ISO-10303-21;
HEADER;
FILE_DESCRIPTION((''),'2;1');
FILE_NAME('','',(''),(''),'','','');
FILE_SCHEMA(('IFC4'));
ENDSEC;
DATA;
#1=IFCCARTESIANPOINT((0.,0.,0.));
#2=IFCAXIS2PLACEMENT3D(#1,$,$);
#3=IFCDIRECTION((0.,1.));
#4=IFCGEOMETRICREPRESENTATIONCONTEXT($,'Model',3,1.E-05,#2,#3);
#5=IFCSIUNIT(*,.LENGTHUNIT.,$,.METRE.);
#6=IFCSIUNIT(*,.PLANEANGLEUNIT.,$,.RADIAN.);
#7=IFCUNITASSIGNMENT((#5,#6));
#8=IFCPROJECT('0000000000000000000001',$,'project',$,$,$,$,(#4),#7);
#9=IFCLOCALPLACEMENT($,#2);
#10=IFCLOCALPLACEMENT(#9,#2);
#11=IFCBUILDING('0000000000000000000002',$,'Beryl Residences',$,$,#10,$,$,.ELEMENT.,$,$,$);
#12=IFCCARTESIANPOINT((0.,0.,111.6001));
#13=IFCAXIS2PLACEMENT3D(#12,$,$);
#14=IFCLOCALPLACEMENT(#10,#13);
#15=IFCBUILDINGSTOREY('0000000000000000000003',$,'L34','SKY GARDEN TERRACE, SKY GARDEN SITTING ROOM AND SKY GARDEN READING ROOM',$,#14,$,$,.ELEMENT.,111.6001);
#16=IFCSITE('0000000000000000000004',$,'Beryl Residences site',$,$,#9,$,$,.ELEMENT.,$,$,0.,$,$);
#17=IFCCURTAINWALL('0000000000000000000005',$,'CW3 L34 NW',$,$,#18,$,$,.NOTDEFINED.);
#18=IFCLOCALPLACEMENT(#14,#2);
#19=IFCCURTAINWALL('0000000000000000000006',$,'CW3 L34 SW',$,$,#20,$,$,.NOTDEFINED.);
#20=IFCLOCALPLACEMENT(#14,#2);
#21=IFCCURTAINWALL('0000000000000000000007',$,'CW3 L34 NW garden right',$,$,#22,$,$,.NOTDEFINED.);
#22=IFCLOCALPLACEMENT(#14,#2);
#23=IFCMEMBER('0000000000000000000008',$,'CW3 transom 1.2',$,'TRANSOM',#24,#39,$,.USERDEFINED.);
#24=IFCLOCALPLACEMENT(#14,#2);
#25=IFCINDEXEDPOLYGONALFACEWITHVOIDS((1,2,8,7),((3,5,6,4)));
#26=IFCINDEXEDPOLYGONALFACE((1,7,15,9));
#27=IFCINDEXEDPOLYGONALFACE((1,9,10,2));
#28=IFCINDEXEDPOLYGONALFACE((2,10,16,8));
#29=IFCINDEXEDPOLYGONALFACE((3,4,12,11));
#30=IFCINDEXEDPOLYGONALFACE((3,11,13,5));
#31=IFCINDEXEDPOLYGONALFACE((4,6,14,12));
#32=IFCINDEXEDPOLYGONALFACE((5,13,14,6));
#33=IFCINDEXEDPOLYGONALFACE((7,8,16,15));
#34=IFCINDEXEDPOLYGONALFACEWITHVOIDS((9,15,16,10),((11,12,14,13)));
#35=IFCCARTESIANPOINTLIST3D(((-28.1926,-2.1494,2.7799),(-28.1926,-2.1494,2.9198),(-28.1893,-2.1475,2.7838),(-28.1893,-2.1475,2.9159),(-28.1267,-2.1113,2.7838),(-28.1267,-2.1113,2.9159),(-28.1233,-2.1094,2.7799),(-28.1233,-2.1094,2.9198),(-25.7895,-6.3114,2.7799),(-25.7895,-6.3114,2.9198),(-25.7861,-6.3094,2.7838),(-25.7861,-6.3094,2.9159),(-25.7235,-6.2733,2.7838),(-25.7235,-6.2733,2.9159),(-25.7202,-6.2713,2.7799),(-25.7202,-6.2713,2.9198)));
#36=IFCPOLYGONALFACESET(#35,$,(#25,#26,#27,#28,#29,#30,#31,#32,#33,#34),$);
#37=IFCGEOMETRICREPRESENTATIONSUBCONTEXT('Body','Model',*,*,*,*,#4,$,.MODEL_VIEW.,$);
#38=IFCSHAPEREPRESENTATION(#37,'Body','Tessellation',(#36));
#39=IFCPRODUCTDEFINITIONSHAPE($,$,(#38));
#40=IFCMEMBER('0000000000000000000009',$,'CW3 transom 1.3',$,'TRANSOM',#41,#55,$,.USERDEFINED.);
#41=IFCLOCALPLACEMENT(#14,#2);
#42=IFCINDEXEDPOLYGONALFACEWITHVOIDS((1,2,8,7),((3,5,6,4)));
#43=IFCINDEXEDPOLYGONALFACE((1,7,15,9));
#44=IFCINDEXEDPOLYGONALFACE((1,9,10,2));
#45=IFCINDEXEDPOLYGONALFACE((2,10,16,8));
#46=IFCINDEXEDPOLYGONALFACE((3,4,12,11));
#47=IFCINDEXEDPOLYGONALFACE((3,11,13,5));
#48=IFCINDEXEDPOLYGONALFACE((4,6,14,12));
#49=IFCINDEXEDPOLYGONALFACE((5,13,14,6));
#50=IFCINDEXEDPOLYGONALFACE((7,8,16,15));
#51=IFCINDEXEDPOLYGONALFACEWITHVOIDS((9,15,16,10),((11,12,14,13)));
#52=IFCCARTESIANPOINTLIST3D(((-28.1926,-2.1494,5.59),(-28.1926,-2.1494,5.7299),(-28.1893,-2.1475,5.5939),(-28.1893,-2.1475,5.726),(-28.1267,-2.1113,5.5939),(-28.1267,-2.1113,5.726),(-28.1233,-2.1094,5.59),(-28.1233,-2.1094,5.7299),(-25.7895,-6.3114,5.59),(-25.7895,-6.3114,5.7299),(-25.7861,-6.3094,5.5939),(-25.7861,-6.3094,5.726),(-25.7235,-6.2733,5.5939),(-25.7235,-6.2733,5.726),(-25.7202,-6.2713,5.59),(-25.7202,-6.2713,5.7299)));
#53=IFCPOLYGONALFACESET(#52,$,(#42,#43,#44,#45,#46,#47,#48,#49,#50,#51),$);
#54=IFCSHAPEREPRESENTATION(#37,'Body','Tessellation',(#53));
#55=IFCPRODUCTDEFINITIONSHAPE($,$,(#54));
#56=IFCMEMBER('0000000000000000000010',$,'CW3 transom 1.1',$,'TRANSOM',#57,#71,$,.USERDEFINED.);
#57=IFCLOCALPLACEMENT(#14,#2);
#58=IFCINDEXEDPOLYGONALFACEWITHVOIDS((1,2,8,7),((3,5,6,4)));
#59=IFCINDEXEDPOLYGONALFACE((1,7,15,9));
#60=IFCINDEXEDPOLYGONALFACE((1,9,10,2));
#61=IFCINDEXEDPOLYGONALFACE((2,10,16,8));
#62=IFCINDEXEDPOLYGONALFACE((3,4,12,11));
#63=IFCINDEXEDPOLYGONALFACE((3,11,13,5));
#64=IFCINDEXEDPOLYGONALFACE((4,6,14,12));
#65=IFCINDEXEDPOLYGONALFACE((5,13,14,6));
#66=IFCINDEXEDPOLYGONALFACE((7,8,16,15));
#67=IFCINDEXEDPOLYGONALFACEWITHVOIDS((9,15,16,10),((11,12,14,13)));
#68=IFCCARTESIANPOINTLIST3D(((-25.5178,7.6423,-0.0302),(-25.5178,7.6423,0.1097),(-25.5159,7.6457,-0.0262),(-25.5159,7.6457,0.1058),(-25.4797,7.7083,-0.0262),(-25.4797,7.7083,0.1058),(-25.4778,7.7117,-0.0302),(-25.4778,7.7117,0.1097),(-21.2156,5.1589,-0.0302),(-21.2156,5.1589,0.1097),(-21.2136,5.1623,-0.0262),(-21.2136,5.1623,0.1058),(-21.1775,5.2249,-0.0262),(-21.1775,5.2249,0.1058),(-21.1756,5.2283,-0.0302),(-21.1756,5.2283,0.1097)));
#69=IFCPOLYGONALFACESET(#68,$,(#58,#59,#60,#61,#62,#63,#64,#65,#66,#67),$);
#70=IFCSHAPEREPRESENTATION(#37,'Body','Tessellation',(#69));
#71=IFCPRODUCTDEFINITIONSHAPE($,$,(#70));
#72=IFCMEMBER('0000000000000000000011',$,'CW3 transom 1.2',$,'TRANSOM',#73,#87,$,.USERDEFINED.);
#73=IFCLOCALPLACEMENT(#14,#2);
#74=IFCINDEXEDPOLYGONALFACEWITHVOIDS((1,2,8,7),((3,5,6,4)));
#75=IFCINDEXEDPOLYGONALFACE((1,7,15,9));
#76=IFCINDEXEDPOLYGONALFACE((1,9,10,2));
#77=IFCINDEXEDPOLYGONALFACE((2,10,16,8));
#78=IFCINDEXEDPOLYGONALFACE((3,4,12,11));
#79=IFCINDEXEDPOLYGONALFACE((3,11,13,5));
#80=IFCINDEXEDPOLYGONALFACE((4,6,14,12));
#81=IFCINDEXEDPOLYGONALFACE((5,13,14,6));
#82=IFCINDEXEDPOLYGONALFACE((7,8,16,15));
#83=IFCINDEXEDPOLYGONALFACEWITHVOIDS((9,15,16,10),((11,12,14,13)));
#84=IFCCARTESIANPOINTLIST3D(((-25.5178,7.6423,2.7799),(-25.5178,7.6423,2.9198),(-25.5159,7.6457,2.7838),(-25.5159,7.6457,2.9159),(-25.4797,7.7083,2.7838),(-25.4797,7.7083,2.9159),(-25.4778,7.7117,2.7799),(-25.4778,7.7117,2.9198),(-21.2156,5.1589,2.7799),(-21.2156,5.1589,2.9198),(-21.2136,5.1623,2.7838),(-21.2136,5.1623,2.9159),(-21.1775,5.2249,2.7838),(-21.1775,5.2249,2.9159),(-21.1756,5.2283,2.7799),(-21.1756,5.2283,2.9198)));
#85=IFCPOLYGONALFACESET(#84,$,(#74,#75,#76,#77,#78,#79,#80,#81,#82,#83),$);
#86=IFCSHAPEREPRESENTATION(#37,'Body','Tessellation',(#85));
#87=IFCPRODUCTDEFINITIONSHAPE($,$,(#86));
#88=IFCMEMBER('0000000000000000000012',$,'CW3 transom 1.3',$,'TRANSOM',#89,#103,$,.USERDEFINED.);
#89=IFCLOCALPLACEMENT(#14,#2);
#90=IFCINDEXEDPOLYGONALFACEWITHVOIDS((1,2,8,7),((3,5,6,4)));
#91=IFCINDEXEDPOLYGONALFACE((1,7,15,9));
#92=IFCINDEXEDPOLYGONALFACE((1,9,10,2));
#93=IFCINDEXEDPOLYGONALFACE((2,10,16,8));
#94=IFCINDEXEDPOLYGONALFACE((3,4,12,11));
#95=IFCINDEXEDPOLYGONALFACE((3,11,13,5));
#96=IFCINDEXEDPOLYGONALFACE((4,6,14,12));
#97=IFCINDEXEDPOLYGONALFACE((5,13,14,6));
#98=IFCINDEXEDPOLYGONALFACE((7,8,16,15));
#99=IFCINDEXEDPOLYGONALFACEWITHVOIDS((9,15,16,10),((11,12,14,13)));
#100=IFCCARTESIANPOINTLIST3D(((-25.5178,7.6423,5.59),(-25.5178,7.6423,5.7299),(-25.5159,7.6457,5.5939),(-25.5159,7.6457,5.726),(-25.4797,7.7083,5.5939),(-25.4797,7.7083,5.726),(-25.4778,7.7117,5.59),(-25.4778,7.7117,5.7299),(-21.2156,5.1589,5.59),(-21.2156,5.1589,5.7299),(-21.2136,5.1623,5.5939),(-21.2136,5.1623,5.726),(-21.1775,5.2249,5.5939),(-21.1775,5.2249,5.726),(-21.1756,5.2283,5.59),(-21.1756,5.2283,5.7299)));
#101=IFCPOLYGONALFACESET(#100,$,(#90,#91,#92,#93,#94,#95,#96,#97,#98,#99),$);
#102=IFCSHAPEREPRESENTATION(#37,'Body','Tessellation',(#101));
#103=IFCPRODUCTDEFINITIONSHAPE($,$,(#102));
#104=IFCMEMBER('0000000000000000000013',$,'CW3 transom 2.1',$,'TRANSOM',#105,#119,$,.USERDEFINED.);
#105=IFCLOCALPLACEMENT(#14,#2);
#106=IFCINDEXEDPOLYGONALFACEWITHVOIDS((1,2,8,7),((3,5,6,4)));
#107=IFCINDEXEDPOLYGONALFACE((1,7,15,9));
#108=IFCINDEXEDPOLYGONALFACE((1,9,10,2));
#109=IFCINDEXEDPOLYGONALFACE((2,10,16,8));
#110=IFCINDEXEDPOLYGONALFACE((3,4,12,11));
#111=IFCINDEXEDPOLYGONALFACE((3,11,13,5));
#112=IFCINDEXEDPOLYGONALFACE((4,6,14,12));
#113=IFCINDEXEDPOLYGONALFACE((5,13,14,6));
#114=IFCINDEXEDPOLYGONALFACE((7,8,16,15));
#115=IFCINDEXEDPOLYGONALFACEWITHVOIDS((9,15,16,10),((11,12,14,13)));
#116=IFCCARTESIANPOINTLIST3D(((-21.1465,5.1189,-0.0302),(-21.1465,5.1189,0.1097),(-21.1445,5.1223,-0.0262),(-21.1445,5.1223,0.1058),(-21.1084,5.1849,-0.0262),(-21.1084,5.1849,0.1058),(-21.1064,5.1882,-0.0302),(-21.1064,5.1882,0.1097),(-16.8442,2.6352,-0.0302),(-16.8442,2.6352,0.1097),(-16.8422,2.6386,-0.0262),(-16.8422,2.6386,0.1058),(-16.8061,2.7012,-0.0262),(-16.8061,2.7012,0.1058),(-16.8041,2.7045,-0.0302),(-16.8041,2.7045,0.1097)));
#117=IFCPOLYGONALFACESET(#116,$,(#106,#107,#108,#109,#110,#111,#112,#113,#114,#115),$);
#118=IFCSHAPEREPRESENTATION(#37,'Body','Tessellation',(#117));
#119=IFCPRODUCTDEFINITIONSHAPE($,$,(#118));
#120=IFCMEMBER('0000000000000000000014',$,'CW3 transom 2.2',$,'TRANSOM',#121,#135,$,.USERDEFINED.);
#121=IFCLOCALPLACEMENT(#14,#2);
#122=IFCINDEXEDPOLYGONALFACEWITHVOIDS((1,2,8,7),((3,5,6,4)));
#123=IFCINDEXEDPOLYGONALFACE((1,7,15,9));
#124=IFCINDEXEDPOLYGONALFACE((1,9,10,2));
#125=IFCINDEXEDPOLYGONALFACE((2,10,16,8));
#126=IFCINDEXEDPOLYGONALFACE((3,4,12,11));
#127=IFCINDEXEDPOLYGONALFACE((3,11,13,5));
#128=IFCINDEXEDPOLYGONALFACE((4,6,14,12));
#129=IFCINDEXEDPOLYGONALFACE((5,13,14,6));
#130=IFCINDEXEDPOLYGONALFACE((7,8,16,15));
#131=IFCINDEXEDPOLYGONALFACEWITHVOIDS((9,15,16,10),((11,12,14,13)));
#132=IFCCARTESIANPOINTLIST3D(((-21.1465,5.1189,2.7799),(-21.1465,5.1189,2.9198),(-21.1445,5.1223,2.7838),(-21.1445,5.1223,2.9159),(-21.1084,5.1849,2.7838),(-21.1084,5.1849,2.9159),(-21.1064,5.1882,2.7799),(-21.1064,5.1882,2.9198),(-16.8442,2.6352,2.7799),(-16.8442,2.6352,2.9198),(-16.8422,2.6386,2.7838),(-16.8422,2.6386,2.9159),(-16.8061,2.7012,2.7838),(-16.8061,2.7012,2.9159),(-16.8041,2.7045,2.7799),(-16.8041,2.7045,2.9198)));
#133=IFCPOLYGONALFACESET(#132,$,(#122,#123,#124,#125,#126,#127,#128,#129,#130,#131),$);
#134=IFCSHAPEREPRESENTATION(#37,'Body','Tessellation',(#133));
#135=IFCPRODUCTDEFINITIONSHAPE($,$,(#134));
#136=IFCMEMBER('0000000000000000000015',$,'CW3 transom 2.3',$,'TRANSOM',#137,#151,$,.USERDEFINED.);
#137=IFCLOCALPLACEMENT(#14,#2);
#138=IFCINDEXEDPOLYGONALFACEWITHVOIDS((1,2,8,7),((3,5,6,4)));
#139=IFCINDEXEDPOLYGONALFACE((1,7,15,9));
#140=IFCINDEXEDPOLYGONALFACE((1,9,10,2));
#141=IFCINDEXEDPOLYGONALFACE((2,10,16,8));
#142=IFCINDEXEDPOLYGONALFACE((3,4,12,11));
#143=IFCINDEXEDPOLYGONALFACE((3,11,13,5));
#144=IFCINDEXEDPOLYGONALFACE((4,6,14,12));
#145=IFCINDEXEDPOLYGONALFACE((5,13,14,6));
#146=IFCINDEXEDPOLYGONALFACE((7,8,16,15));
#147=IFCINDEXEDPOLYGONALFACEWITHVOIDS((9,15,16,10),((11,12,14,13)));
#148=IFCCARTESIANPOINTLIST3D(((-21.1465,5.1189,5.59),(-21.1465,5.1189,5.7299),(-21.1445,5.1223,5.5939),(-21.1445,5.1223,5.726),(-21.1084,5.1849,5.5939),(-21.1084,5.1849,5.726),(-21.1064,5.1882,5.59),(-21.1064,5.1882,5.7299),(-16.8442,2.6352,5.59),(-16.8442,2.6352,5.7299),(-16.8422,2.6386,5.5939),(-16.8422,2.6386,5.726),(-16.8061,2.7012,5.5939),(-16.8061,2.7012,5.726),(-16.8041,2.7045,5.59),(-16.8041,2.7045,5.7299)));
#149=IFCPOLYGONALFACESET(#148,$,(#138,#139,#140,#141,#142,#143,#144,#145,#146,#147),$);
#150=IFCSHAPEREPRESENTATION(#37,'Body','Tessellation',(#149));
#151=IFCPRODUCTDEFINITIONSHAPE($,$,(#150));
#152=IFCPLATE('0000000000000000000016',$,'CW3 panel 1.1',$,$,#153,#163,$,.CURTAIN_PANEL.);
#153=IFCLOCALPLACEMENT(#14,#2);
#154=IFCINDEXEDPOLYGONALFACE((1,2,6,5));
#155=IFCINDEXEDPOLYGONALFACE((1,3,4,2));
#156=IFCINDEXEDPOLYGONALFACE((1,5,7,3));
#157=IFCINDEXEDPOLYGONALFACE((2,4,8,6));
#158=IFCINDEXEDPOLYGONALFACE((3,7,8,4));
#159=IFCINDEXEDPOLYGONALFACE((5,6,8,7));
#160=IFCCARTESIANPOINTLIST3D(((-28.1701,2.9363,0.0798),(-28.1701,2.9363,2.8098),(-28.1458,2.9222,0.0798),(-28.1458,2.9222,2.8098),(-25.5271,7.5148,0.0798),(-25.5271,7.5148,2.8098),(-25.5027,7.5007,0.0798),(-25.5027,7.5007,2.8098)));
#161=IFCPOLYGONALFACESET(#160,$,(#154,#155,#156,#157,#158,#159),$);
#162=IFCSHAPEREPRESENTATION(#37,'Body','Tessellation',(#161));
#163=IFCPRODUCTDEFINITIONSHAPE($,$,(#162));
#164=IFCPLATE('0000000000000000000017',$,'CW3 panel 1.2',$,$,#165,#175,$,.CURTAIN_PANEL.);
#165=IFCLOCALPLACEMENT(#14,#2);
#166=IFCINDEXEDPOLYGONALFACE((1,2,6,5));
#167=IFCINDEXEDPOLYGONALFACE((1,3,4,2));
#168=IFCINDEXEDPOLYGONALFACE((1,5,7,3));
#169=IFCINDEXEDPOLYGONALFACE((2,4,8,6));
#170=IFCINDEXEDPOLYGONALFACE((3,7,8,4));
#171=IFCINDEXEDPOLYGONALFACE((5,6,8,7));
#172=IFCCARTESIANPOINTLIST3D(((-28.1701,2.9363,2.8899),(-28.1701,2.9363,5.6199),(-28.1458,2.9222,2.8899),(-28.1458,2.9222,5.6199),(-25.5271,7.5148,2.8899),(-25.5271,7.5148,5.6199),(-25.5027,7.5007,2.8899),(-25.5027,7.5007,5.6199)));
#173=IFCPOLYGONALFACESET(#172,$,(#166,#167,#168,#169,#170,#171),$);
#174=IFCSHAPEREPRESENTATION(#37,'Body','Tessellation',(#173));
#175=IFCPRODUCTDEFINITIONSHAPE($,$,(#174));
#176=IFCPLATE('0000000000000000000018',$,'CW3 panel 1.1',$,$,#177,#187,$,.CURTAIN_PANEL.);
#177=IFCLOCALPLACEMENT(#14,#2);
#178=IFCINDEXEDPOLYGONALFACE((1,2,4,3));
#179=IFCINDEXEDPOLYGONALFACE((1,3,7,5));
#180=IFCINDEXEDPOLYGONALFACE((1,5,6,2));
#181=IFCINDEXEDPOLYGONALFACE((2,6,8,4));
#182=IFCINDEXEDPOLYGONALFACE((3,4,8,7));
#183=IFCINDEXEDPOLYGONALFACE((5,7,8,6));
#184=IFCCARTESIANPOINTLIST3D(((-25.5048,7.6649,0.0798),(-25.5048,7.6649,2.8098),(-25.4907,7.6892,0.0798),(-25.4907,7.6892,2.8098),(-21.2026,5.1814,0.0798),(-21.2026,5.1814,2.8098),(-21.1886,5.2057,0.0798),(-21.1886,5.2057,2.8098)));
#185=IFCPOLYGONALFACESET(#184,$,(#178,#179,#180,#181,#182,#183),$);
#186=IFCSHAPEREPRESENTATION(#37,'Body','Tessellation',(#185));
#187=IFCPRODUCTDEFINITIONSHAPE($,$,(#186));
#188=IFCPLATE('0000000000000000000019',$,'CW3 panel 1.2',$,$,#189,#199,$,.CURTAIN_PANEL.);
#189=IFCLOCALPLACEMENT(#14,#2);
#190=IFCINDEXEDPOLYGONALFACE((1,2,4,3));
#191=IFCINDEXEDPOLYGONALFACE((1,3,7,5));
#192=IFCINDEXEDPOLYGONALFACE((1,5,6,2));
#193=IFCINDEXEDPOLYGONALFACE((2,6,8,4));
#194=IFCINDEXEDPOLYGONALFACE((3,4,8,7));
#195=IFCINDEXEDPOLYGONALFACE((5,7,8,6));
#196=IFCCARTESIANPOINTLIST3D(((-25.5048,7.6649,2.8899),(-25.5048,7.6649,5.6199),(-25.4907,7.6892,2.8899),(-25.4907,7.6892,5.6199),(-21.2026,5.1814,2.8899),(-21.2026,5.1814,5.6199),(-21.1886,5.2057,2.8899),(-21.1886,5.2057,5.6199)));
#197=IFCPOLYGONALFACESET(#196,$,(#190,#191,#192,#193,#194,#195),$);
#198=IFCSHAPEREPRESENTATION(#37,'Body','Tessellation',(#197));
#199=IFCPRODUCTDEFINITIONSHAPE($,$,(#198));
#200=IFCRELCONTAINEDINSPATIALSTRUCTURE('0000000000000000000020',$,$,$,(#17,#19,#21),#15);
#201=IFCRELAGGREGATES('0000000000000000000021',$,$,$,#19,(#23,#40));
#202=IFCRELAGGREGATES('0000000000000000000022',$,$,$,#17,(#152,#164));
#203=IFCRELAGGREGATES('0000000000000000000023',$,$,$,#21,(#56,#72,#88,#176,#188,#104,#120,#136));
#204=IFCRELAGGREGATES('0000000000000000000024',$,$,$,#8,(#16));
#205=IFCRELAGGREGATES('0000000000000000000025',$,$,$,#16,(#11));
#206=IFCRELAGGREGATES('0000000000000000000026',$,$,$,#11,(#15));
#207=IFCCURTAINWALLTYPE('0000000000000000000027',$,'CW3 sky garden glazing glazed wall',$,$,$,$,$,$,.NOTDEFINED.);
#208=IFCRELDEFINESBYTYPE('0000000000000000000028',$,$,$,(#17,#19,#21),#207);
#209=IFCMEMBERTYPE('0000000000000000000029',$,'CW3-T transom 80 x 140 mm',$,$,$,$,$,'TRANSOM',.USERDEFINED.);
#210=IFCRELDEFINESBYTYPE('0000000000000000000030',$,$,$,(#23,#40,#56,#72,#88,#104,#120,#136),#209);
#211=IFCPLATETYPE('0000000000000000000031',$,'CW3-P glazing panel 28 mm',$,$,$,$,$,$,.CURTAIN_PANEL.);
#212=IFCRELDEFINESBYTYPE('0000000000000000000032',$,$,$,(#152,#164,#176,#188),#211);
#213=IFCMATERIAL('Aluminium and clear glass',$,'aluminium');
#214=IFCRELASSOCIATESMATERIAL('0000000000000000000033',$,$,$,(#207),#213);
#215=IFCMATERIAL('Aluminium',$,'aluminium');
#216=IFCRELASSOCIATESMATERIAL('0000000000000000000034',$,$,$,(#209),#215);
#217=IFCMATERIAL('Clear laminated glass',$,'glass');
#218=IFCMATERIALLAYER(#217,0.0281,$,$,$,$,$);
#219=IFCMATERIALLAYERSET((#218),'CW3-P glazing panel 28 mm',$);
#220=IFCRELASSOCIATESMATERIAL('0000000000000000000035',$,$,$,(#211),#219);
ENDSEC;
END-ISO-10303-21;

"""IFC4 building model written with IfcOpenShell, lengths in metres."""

from ifc_helpers import new_model, si_unit, direction, frame, origin, origin_2d, place, context, subcontext, project, spatial, rectangle, hollow_rectangle, extrude, material, layer, layer_set, material_profile, profile_set, type_object, element, aggregate, save


model = new_model("IFC4")

# Units and contexts
model_context = context("Model", 3, precision=1e-05, world=origin(), true_north=direction((0.0, 1.0)))
body_context = subcontext(model_context, "Body", "Model", "MODEL_VIEW")
ifc_project = project(units=[si_unit("LENGTHUNIT", "METRE"), si_unit("PLANEANGLEUNIT", "RADIAN")], contexts=[model_context])

# Site, building, storey
site_placement = place(None, origin())
site = spatial("IfcSite", under=ifc_project, at=site_placement, Name="Beryl Residences site", CompositionType="ELEMENT", RefElevation=0.0)
building_placement = place(site_placement, origin())
building = spatial("IfcBuilding", under=site, at=building_placement, Name="Beryl Residences", CompositionType="ELEMENT")
storey_placement = place(building_placement, frame((0.0, 0.0, 111.6001)))
storey = spatial("IfcBuildingStorey", under=building, at=storey_placement, Name="L34", Description="SKY GARDEN TERRACE, SKY GARDEN SITTING ROOM AND SKY GARDEN READING ROOM", CompositionType="ELEMENT", Elevation=111.6001)

# Curtain wall
ifc_material_1 = material(Name="Aluminium and clear glass", Category="aluminium")
curtain_wall_type = type_object("IfcCurtainWallType", Name="CW3 sky garden glazing glazed wall", PredefinedType="NOTDEFINED", material=ifc_material_1)
curtain_wall_1_placement = place(storey_placement, origin())
curtain_wall_1 = element("IfcCurtainWall", 1, at=curtain_wall_1_placement, inside=storey, type_object=curtain_wall_type, Name="CW3 L34 NW", PredefinedType="NOTDEFINED")

# Curtain wall
curtain_wall_2_placement = place(storey_placement, origin())
curtain_wall_2 = element("IfcCurtainWall", 2, at=curtain_wall_2_placement, inside=storey, type_object=curtain_wall_type, Name="CW3 L34 SW", PredefinedType="NOTDEFINED")

# Curtain wall
curtain_wall_3_placement = place(storey_placement, origin())
curtain_wall_3 = element("IfcCurtainWall", 3, at=curtain_wall_3_placement, inside=storey, type_object=curtain_wall_type, Name="CW3 L34 NW garden right", PredefinedType="NOTDEFINED")

# Members
ifc_material_2 = material(Name="Aluminium", Category="aluminium")
ifc_material_profile_1 = material_profile(ifc_material_2, hollow_rectangle(XDim=0.0801, YDim=0.1399, WallThickness=0.0039, at=origin_2d()))
ifc_profile_set_1 = profile_set([ifc_material_profile_1], Name="Aluminium")
member_type_1 = type_object("IfcMemberType", Name="CW3-T transom 80 x 140 mm", ElementType="TRANSOM", PredefinedType="USERDEFINED", material=ifc_profile_set_1)
member_1_placement = place(storey_placement, frame((-28.158, -2.1294, 2.8499), z_axis=(0.500035, -0.866005, 0.0), x_axis=(0.866005, 0.500035, 0.0)))
member_1 = element("IfcMember", 4, at=member_1_placement, type_object=member_type_1, Name="CW3 transom 1.2", ObjectType="TRANSOM", PredefinedType="USERDEFINED", context=body_context, shape_type="SweptSolid", body=[
    extrude(hollow_rectangle(XDim=0.0801, YDim=0.1399, WallThickness=0.0039, at=origin_2d()), origin(), (0.0, 0.0, 1.0), 4.8059),
])
member_2_placement = place(storey_placement, frame((-28.158, -2.1294, 5.6599), z_axis=(0.500035, -0.866005, 0.0), x_axis=(0.866005, 0.500035, 0.0)))
member_2 = element("IfcMember", 5, at=member_2_placement, type_object=member_type_1, Name="CW3 transom 1.3", ObjectType="TRANSOM", PredefinedType="USERDEFINED", context=body_context, shape_type="SweptSolid", body=[
    extrude(hollow_rectangle(XDim=0.0801, YDim=0.1399, WallThickness=0.0039, at=origin_2d()), origin(), (0.0, 0.0, 1.0), 4.8059),
])
aggregate(curtain_wall_2, [member_1, member_2])
member_3_placement = place(storey_placement, frame((-25.4978, 7.677, 0.0398), z_axis=(0.866069, -0.499924, 0.0), x_axis=(0.499924, 0.866069, 0.0)))
member_3 = element("IfcMember", 6, at=member_3_placement, type_object=member_type_1, Name="CW3 transom 1.1", ObjectType="TRANSOM", PredefinedType="USERDEFINED", context=body_context, shape_type="SweptSolid", body=[
    extrude(hollow_rectangle(XDim=0.0801, YDim=0.1399, WallThickness=0.0039, at=origin_2d()), origin(), (0.0, 0.0, 1.0), 4.9675),
])
member_4_placement = place(storey_placement, frame((-25.4978, 7.677, 2.8499), z_axis=(0.866069, -0.499924, 0.0), x_axis=(0.499924, 0.866069, 0.0)))
member_4 = element("IfcMember", 7, at=member_4_placement, type_object=member_type_1, Name="CW3 transom 1.2", ObjectType="TRANSOM", PredefinedType="USERDEFINED", context=body_context, shape_type="SweptSolid", body=[
    extrude(hollow_rectangle(XDim=0.0801, YDim=0.1399, WallThickness=0.0039, at=origin_2d()), origin(), (0.0, 0.0, 1.0), 4.9675),
])
member_5_placement = place(storey_placement, frame((-25.4978, 7.677, 5.6599), z_axis=(0.866069, -0.499924, 0.0), x_axis=(0.499924, 0.866069, 0.0)))
member_5 = element("IfcMember", 8, at=member_5_placement, type_object=member_type_1, Name="CW3 transom 1.3", ObjectType="TRANSOM", PredefinedType="USERDEFINED", context=body_context, shape_type="SweptSolid", body=[
    extrude(hollow_rectangle(XDim=0.0801, YDim=0.1399, WallThickness=0.0039, at=origin_2d()), origin(), (0.0, 0.0, 1.0), 4.9675),
])
member_6_placement = place(storey_placement, frame((-21.1265, 5.1536, 0.0398), z_axis=(0.866048, -0.499961, 0.0), x_axis=(0.499961, 0.866048, 0.0)))
member_6 = element("IfcMember", 9, at=member_6_placement, type_object=member_type_1, Name="CW3 transom 2.1", ObjectType="TRANSOM", PredefinedType="USERDEFINED", context=body_context, shape_type="SweptSolid", body=[
    extrude(hollow_rectangle(XDim=0.0801, YDim=0.1399, WallThickness=0.0039, at=origin_2d()), origin(), (0.0, 0.0, 1.0), 4.9678),
])
member_7_placement = place(storey_placement, frame((-21.1265, 5.1536, 2.8499), z_axis=(0.866048, -0.499961, 0.0), x_axis=(0.499961, 0.866048, 0.0)))
member_7 = element("IfcMember", 10, at=member_7_placement, type_object=member_type_1, Name="CW3 transom 2.2", ObjectType="TRANSOM", PredefinedType="USERDEFINED", context=body_context, shape_type="SweptSolid", body=[
    extrude(hollow_rectangle(XDim=0.0801, YDim=0.1399, WallThickness=0.0039, at=origin_2d()), origin(), (0.0, 0.0, 1.0), 4.9678),
])
member_8_placement = place(storey_placement, frame((-21.1265, 5.1536, 5.6599), z_axis=(0.866048, -0.499961, 0.0), x_axis=(0.499961, 0.866048, 0.0)))
member_8 = element("IfcMember", 11, at=member_8_placement, type_object=member_type_1, Name="CW3 transom 2.3", ObjectType="TRANSOM", PredefinedType="USERDEFINED", context=body_context, shape_type="SweptSolid", body=[
    extrude(hollow_rectangle(XDim=0.0801, YDim=0.1399, WallThickness=0.0039, at=origin_2d()), origin(), (0.0, 0.0, 1.0), 4.9678),
])

# Plates
ifc_material_3 = material(Name="Clear laminated glass", Category="glass")
ifc_layer_1 = layer(ifc_material_3, 0.0281)
ifc_layer_set_1 = layer_set([ifc_layer_1], Name="CW3-P glazing panel 28 mm")
plate_type = type_object("IfcPlateType", Name="CW3-P glazing panel 28 mm", PredefinedType="CURTAIN_PANEL", material=ifc_layer_set_1)
plate_1_placement = place(storey_placement, frame((-26.8364, 5.2185, 0.0798), z_axis=(0.0, 0.0, 1.0), x_axis=(-0.49995, -0.866054, 0.0)))
plate_1 = element("IfcPlate", 12, at=plate_1_placement, type_object=plate_type, Name="CW3 panel 1.1", PredefinedType="CURTAIN_PANEL", context=body_context, shape_type="SweptSolid", body=[
    extrude(rectangle(XDim=5.2866, YDim=0.0281, at=origin_2d()), origin(), (0.0, 0.0, 1.0), 2.73),
])
plate_2_placement = place(storey_placement, frame((-26.8364, 5.2185, 2.8899), z_axis=(0.0, 0.0, 1.0), x_axis=(-0.49995, -0.866054, 0.0)))
plate_2 = element("IfcPlate", 13, at=plate_2_placement, type_object=plate_type, Name="CW3 panel 1.2", PredefinedType="CURTAIN_PANEL", context=body_context, shape_type="SweptSolid", body=[
    extrude(rectangle(XDim=5.2866, YDim=0.0281, at=origin_2d()), origin(), (0.0, 0.0, 1.0), 2.73),
])
aggregate(curtain_wall_1, [plate_1, plate_2])
plate_3_placement = place(storey_placement, frame((-23.3467, 6.4353, 0.0798), z_axis=(0.0, 0.0, 1.0), x_axis=(0.866051, -0.499955, 0.0)))
plate_3 = element("IfcPlate", 14, at=plate_3_placement, type_object=plate_type, Name="CW3 panel 1.1", PredefinedType="CURTAIN_PANEL", context=body_context, shape_type="SweptSolid", body=[
    extrude(rectangle(XDim=4.9675, YDim=0.0281, at=origin_2d()), origin(), (0.0, 0.0, 1.0), 2.73),
])
plate_4_placement = place(storey_placement, frame((-23.3467, 6.4353, 2.8899), z_axis=(0.0, 0.0, 1.0), x_axis=(0.866051, -0.499955, 0.0)))
plate_4 = element("IfcPlate", 15, at=plate_4_placement, type_object=plate_type, Name="CW3 panel 1.2", PredefinedType="CURTAIN_PANEL", context=body_context, shape_type="SweptSolid", body=[
    extrude(rectangle(XDim=4.9675, YDim=0.0281, at=origin_2d()), origin(), (0.0, 0.0, 1.0), 2.73),
])
aggregate(curtain_wall_3, [member_3, member_4, member_5, plate_3, plate_4, member_6, member_7, member_8])

save(model, "model.ifc")
